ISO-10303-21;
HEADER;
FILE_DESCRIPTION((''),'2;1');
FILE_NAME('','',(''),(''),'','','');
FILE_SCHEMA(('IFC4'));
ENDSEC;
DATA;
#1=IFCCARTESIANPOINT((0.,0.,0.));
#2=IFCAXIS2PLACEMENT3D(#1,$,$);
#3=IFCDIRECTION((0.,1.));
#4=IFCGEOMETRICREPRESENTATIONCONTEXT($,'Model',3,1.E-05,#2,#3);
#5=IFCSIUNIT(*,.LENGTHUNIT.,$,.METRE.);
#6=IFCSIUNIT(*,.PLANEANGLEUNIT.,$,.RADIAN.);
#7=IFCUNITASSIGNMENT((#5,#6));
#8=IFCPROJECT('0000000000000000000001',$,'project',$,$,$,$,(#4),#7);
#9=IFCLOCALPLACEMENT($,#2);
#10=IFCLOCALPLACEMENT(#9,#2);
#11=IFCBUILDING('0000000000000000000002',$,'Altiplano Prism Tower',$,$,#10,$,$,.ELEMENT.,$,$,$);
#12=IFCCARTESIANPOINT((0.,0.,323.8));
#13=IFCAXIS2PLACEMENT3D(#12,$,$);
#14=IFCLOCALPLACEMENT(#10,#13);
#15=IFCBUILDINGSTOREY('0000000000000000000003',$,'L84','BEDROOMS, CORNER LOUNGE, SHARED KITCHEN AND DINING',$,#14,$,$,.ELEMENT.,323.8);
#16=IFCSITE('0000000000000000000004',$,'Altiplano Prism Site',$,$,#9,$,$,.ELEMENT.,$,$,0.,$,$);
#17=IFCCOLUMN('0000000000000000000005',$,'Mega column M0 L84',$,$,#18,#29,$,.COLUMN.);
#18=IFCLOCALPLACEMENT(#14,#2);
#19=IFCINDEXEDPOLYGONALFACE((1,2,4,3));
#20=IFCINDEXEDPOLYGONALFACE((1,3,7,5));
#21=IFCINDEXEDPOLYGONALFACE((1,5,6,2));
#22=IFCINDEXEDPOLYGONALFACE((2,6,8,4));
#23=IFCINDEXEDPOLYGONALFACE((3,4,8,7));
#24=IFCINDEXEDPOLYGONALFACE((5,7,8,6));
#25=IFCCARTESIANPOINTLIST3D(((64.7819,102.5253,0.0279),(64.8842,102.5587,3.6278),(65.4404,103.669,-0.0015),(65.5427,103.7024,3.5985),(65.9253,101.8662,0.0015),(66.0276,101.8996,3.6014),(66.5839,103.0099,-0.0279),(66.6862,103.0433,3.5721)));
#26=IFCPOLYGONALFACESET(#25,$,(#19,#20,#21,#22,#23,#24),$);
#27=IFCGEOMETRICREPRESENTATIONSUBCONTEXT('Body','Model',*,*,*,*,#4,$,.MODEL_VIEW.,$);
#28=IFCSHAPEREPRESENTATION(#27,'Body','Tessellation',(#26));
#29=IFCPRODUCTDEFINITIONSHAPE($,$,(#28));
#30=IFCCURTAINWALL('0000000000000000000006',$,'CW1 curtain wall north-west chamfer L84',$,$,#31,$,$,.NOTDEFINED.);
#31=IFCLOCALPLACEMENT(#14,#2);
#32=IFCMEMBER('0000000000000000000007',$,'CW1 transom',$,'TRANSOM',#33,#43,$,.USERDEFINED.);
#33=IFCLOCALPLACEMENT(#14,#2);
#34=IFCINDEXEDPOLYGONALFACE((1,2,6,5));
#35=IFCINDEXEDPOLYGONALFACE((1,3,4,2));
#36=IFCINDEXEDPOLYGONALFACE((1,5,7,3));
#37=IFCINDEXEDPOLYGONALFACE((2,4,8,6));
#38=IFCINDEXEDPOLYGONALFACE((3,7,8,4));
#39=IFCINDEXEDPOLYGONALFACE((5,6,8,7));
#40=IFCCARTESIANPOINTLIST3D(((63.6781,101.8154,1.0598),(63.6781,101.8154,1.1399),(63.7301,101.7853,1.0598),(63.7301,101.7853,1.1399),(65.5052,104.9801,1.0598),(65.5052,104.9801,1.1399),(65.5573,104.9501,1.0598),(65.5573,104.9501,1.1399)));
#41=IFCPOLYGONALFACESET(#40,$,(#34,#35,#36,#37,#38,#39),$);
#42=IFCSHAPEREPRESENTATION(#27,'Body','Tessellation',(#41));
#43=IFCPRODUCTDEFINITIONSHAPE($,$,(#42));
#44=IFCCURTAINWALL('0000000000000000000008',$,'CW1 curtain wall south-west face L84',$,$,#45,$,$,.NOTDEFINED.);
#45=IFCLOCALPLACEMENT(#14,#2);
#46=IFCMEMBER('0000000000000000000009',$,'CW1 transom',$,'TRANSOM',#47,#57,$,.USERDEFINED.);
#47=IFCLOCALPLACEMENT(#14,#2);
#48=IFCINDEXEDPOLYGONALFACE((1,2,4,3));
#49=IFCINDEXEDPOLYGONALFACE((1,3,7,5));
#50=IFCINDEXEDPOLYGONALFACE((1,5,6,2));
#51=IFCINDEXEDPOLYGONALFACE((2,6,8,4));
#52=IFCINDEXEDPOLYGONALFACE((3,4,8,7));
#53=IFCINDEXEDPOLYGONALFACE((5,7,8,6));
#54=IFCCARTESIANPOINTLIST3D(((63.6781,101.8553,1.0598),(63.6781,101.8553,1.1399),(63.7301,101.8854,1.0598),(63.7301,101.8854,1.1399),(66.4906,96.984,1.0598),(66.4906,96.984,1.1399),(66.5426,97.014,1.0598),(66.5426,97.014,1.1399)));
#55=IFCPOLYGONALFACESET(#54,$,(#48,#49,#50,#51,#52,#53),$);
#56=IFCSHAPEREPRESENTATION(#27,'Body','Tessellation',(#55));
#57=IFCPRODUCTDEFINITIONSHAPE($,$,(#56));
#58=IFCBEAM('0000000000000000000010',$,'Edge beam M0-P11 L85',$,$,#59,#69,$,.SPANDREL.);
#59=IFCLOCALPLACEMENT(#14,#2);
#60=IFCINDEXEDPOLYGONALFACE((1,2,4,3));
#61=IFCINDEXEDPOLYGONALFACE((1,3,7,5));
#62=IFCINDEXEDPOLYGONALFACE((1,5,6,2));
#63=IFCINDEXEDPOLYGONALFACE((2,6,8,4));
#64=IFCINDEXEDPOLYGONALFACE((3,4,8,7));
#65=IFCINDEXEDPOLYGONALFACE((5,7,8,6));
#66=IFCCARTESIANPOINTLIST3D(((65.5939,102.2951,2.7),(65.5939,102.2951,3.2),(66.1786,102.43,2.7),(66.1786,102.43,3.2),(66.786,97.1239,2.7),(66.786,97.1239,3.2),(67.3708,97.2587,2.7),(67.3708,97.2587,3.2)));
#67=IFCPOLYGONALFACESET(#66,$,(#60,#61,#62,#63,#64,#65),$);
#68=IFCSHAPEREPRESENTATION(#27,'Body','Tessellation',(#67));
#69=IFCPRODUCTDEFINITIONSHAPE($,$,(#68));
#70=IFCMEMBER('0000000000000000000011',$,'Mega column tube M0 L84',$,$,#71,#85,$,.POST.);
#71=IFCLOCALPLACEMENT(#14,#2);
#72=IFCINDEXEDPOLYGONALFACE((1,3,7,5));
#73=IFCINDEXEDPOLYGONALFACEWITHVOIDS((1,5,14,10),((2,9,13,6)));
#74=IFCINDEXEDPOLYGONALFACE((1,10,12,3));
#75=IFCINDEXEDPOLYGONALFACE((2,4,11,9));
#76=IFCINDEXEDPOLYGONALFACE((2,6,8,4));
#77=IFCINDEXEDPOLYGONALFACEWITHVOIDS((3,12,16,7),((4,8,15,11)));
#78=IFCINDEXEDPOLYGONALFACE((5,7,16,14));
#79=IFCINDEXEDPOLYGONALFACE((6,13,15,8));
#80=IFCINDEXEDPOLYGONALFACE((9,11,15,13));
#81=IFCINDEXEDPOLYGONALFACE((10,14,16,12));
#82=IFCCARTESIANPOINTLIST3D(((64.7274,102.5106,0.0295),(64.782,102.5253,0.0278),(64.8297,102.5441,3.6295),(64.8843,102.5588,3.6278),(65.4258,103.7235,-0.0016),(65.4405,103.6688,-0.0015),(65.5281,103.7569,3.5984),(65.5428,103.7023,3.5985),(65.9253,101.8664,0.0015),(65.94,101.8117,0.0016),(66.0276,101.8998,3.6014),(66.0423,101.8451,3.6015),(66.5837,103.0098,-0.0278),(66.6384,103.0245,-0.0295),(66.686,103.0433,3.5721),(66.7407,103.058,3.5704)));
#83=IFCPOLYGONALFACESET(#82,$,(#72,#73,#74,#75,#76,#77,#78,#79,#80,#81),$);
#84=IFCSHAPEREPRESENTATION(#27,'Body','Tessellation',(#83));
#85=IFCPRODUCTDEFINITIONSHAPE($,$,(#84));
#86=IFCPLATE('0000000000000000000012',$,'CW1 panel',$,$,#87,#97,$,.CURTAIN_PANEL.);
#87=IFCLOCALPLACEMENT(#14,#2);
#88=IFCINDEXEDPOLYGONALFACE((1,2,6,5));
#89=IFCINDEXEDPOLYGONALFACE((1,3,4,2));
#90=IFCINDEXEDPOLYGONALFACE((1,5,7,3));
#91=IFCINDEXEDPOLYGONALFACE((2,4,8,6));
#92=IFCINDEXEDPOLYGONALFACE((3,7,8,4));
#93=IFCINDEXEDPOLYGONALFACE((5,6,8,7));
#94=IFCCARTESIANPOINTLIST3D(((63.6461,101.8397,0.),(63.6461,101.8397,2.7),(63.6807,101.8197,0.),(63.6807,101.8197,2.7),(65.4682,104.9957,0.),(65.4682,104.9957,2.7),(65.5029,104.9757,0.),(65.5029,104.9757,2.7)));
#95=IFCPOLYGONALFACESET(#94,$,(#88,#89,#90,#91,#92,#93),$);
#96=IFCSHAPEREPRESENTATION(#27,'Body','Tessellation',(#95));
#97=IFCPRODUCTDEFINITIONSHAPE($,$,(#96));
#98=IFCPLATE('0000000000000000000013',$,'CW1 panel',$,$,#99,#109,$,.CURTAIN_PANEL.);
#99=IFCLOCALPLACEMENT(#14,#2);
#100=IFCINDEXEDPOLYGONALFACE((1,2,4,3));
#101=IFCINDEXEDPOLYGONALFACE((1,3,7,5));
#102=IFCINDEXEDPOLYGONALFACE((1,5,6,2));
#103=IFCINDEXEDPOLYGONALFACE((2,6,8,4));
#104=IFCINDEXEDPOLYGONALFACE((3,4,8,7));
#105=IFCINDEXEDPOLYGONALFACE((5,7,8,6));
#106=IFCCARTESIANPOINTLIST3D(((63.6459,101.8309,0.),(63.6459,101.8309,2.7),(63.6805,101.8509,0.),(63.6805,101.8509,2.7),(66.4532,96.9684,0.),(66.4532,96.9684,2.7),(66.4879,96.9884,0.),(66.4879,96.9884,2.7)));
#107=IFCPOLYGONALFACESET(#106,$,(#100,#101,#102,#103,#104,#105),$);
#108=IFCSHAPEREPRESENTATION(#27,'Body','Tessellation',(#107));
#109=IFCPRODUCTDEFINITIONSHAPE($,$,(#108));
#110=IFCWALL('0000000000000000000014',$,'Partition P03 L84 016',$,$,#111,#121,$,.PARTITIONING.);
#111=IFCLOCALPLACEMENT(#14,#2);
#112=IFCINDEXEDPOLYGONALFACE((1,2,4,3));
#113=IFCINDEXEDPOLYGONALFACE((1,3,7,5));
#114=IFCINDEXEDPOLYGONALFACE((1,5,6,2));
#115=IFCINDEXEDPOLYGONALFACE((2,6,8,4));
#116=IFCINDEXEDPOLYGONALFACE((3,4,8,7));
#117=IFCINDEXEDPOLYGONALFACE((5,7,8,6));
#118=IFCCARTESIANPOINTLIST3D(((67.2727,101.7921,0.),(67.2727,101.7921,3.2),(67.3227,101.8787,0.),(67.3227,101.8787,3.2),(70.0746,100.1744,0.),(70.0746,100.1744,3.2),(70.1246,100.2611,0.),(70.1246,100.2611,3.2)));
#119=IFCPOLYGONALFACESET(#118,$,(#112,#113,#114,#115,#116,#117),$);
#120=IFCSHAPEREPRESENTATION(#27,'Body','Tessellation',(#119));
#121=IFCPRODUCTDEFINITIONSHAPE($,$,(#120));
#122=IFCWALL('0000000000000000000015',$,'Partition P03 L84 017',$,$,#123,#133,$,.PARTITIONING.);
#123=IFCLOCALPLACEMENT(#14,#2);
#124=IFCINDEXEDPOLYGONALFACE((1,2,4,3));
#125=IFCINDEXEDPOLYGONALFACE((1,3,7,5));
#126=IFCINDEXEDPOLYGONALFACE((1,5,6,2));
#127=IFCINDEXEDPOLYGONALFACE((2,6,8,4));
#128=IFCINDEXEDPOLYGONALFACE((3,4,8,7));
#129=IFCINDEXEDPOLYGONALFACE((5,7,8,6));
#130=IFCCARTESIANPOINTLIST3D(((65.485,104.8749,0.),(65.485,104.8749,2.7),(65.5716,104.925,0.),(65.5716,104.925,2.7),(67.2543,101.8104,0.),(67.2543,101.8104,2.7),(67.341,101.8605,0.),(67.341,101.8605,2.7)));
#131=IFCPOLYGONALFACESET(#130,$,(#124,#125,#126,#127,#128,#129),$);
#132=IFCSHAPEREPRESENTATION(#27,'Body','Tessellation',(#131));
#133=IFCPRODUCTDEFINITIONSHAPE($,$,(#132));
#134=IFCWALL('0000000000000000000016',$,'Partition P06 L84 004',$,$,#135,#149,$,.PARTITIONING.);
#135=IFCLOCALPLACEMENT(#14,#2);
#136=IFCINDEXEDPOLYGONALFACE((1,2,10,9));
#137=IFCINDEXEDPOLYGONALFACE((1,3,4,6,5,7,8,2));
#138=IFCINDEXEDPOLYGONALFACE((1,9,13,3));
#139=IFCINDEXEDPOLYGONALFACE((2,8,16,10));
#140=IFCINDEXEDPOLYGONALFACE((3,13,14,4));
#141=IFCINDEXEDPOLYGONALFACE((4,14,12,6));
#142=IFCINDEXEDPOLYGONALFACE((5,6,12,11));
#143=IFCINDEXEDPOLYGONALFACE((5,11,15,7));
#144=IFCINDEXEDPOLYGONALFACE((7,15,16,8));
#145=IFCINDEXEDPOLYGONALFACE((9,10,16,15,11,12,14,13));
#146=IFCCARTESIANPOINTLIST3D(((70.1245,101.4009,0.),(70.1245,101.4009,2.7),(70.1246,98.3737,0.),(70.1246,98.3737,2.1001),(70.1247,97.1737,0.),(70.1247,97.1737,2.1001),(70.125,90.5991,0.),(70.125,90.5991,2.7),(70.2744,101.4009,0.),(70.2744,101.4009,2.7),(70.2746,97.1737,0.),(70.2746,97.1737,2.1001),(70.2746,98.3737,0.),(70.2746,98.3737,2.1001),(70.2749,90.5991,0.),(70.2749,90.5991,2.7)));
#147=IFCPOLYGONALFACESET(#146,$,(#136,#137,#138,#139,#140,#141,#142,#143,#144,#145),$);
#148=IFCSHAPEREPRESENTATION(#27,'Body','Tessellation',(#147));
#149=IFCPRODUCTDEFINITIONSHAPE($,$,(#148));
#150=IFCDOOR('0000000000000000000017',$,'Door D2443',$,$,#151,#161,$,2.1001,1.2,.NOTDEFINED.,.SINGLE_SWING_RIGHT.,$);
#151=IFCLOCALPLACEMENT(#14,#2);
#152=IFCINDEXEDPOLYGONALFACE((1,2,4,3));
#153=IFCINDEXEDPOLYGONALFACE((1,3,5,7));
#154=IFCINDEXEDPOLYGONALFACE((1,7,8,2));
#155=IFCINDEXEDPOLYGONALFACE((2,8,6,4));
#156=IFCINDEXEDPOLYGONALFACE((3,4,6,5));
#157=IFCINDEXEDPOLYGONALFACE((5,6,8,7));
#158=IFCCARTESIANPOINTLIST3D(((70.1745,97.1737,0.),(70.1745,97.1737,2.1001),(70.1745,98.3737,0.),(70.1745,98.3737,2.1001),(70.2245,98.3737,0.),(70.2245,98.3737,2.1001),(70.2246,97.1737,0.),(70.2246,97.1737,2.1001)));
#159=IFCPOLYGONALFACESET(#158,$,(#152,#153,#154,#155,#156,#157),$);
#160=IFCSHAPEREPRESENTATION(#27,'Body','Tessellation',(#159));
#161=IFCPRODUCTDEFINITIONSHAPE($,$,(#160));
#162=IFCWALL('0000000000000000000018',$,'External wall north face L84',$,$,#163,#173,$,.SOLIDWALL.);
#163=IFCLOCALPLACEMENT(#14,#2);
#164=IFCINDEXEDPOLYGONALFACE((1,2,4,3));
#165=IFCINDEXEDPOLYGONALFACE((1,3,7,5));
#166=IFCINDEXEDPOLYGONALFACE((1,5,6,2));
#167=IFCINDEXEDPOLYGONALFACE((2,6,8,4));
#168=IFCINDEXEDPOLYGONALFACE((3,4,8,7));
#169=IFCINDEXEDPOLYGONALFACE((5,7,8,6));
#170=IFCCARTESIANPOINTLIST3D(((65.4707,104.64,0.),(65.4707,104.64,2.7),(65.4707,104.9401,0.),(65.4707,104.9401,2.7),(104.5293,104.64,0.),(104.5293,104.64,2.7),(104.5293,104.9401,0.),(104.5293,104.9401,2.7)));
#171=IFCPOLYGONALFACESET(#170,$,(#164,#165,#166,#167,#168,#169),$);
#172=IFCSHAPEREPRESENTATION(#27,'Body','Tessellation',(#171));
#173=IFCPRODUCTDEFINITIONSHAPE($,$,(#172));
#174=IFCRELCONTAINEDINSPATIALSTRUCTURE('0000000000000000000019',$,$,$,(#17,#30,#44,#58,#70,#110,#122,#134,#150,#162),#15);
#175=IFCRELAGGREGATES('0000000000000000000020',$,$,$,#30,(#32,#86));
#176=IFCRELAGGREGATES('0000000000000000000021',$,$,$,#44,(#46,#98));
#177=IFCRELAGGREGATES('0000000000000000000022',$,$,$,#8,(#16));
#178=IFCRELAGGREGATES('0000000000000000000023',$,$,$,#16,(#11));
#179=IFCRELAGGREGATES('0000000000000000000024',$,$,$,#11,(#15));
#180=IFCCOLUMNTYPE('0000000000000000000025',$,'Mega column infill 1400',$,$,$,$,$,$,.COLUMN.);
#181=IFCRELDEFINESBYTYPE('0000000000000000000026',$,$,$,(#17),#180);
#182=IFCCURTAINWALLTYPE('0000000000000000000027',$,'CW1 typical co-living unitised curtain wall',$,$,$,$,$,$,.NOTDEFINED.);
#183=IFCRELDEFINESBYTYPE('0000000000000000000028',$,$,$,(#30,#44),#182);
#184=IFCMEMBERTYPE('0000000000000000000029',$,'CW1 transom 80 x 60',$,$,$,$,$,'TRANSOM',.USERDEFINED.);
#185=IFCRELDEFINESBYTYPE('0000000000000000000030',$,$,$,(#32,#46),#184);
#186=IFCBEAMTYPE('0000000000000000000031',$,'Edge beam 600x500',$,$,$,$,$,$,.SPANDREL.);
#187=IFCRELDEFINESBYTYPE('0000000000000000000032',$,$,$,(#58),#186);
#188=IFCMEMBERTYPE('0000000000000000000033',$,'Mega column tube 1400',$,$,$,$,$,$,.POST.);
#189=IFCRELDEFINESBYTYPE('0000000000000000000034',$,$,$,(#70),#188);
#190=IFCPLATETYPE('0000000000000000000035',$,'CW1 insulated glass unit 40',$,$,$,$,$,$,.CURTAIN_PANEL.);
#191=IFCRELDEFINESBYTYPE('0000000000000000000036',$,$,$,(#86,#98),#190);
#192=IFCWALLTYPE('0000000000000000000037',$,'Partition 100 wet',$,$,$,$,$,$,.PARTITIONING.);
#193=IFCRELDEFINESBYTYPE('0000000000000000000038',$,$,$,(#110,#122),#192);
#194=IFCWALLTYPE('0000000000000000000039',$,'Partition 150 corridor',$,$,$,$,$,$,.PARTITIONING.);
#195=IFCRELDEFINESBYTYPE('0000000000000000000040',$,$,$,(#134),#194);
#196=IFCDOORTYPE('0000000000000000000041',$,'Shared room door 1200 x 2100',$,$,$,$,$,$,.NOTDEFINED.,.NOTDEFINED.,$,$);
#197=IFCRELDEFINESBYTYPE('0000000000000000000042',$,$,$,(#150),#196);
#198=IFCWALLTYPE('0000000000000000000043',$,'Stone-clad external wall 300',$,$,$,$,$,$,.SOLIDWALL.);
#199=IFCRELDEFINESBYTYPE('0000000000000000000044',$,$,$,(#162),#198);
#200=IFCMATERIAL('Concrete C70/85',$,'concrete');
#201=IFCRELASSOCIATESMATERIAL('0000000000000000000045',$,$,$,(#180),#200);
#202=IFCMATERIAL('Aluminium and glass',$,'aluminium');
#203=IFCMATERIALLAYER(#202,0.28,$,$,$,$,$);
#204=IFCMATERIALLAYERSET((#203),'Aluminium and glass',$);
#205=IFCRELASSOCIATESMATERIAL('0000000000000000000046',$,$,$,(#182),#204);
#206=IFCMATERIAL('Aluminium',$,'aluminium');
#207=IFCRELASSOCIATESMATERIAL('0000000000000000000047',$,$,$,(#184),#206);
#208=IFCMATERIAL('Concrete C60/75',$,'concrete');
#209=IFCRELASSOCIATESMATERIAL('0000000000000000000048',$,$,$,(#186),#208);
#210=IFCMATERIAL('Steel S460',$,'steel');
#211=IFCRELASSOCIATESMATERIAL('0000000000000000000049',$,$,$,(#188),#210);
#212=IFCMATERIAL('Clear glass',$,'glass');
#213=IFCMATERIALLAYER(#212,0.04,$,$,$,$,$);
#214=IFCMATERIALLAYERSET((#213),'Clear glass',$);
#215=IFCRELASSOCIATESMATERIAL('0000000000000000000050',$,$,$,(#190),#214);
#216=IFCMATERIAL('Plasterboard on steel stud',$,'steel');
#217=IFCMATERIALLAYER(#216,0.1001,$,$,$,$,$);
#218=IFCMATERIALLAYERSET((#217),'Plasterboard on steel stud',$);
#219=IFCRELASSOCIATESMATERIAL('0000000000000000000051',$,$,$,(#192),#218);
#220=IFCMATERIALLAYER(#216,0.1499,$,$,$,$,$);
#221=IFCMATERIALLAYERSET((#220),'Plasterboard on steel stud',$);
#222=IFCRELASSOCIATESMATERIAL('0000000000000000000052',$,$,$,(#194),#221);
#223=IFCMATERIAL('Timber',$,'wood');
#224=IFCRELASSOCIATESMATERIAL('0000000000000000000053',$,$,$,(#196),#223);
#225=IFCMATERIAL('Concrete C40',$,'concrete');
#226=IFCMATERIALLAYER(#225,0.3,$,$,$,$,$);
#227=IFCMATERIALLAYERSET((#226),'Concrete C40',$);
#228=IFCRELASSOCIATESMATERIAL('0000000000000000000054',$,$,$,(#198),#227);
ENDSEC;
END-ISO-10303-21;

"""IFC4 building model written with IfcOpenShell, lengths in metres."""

from ifc_helpers import new_model, si_unit, direction, frame, frame_2d, origin, origin_2d, place, context, subcontext, project, spatial, rectangle, hollow_rectangle, extrude, material, layer, layer_set, material_profile, profile_set, type_object, element, fill, aggregate, save


model = new_model("IFC4")

# Units and contexts
model_context = context("Model", 3, precision=1e-05, world=origin(), true_north=direction((0.0, 1.0)))
body_context = subcontext(model_context, "Body", "Model", "MODEL_VIEW")
ifc_project = project(units=[si_unit("LENGTHUNIT", "METRE"), si_unit("PLANEANGLEUNIT", "RADIAN")], contexts=[model_context])

# Site, building, storey
site_placement = place(None, origin())
site = spatial("IfcSite", under=ifc_project, at=site_placement, Name="Altiplano Prism Site", CompositionType="ELEMENT", RefElevation=0.0)
building_placement = place(site_placement, origin())
building = spatial("IfcBuilding", under=site, at=building_placement, Name="Altiplano Prism Tower", CompositionType="ELEMENT")
storey_placement = place(building_placement, frame((0.0, 0.0, 323.8)))
storey = spatial("IfcBuildingStorey", under=building, at=storey_placement, Name="L84", Description="BEDROOMS, CORNER LOUNGE, SHARED KITCHEN AND DINING", CompositionType="ELEMENT", Elevation=323.8)

# Column
ifc_material_1 = material(Name="Concrete C70/85", Category="concrete")
ifc_material_profile_1 = material_profile(ifc_material_1, rectangle(XDim=1.3201, YDim=1.3201, at=origin_2d()), Name="Mega column infill 1400")
ifc_profile_set_1 = profile_set([ifc_material_profile_1], Name="Concrete C70/85")
column_type = type_object("IfcColumnType", Name="Mega column infill 1400", PredefinedType="COLUMN", material=ifc_profile_set_1)
column_placement = place(storey_placement, frame((65.6829, 102.7676, 0.0), z_axis=(0.028404, 0.009287, 0.999553), x_axis=(-0.866203, 0.499292, 0.019975)))
element("IfcColumn", 1, at=column_placement, inside=storey, type_object=column_type, Name="Mega column M0 L84", PredefinedType="COLUMN", context=body_context, shape_type="SweptSolid", body=[
    extrude(rectangle(XDim=1.3201, YDim=1.3201, at=origin_2d()), origin(), (0.0, 0.0, 1.0), 3.6016),
])

# Curtain walls, members
ifc_material_2 = material(Name="Aluminium and glass", Category="aluminium")
ifc_layer_1 = layer(ifc_material_2, 0.28)
ifc_layer_set_1 = layer_set([ifc_layer_1], Name="Aluminium and glass")
curtain_wall_type = type_object("IfcCurtainWallType", Name="CW1 typical co-living unitised curtain wall", PredefinedType="NOTDEFINED", material=ifc_layer_set_1)
curtain_wall_1_placement = place(storey_placement, origin())
curtain_wall_1 = element("IfcCurtainWall", 2, at=curtain_wall_1_placement, inside=storey, type_object=curtain_wall_type, Name="CW1 curtain wall north-west chamfer L84", PredefinedType="NOTDEFINED")
ifc_material_3 = material(Name="Aluminium", Category="aluminium")
ifc_material_profile_2 = material_profile(ifc_material_3, rectangle(XDim=0.0601, YDim=0.0801, at=origin_2d()), Name="CW1 transom 80 x 60")
ifc_profile_set_2 = profile_set([ifc_material_profile_2], Name="Aluminium")
member_type_1 = type_object("IfcMemberType", Name="CW1 transom 80 x 60", ElementType="TRANSOM", PredefinedType="USERDEFINED", material=ifc_profile_set_2)
member_1_placement = place(storey_placement, frame((65.5312, 104.9651, 1.0999), z_axis=(-0.49999, -0.866031, 0.0), x_axis=(0.866031, -0.49999, 0.0)))
member_1 = element("IfcMember", 3, at=member_1_placement, type_object=member_type_1, Name="CW1 transom", ObjectType="TRANSOM", PredefinedType="USERDEFINED", context=body_context, shape_type="SweptSolid", body=[
    extrude(rectangle(XDim=0.0601, YDim=0.0801, at=origin_2d()), origin(), (0.0, 0.0, 1.0), 3.6543),
])
curtain_wall_2_placement = place(storey_placement, origin())
curtain_wall_2 = element("IfcCurtainWall", 4, at=curtain_wall_2_placement, inside=storey, type_object=curtain_wall_type, Name="CW1 curtain wall south-west face L84", PredefinedType="NOTDEFINED")
member_2_placement = place(storey_placement, frame((63.7041, 101.8704, 1.0999), z_axis=(0.500004, -0.866023, 0.0), x_axis=(0.866023, 0.500004, 0.0)))
member_2 = element("IfcMember", 5, at=member_2_placement, type_object=member_type_1, Name="CW1 transom", ObjectType="TRANSOM", PredefinedType="USERDEFINED", context=body_context, shape_type="SweptSolid", body=[
    extrude(rectangle(XDim=0.0601, YDim=0.0801, at=origin_2d()), origin(), (0.0, 0.0, 1.0), 5.625),
])

# Beam
ifc_material_4 = material(Name="Concrete C60/75", Category="concrete")
ifc_material_profile_3 = material_profile(ifc_material_4, rectangle(XDim=0.6001, YDim=0.5, at=origin_2d()), Name="Edge beam 600x500")
ifc_profile_set_3 = profile_set([ifc_material_profile_3], Name="Concrete C60/75")
beam_type = type_object("IfcBeamType", Name="Edge beam 600x500", PredefinedType="SPANDREL", material=ifc_profile_set_3)
beam_placement = place(storey_placement, frame((65.8862, 102.3625, 2.95), z_axis=(0.224644, -0.974441, 0.0), x_axis=(0.974441, 0.224644, 0.0)))
element("IfcBeam", 6, at=beam_placement, inside=storey, type_object=beam_type, Name="Edge beam M0-P11 L85", PredefinedType="SPANDREL", context=body_context, shape_type="SweptSolid", body=[
    extrude(rectangle(XDim=0.6001, YDim=0.5, at=origin_2d()), origin(), (0.0, 0.0, 1.0), 5.3069),
])

# Member
ifc_material_5 = material(Name="Steel S460", Category="steel")
ifc_material_profile_4 = material_profile(ifc_material_5, hollow_rectangle(XDim=1.3999, YDim=1.3999, WallThickness=0.04, at=origin_2d()), Name="Mega column tube 1400")
ifc_profile_set_4 = profile_set([ifc_material_profile_4], Name="Steel S460")
member_type_2 = type_object("IfcMemberType", Name="Mega column tube 1400", PredefinedType="POST", material=ifc_profile_set_4)
member_3_placement = place(storey_placement, frame((65.6829, 102.7676, 0.0), z_axis=(0.028404, 0.009287, 0.999553), x_axis=(-0.866203, 0.499292, 0.019975)))
element("IfcMember", 7, at=member_3_placement, inside=storey, type_object=member_type_2, Name="Mega column tube M0 L84", PredefinedType="POST", context=body_context, shape_type="SweptSolid", body=[
    extrude(hollow_rectangle(XDim=1.3999, YDim=1.3999, WallThickness=0.04, at=origin_2d()), origin(), (0.0, 0.0, 1.0), 3.6016),
])

# Plates
ifc_material_6 = material(Name="Clear glass", Category="glass")
ifc_layer_2 = layer(ifc_material_6, 0.04)
ifc_layer_set_2 = layer_set([ifc_layer_2], Name="Clear glass")
plate_type = type_object("IfcPlateType", Name="CW1 insulated glass unit 40", PredefinedType="CURTAIN_PANEL", material=ifc_layer_set_2)
plate_1_placement = place(storey_placement, frame((64.5745, 103.4077, 0.0), z_axis=(0.0, 0.0, 1.0), x_axis=(-0.5, -0.866025, 0.0)))
plate_1 = element("IfcPlate", 8, at=plate_1_placement, type_object=plate_type, Name="CW1 panel", PredefinedType="CURTAIN_PANEL", context=body_context, shape_type="SweptSolid", body=[
    extrude(rectangle(XDim=3.6443, YDim=0.04, at=origin_2d()), origin(), (0.0, 0.0, 1.0), 2.7),
])
aggregate(curtain_wall_1, [member_1, plate_1])
plate_2_placement = place(storey_placement, frame((65.0669, 99.4097, 0.0), z_axis=(0.0, 0.0, 1.0), x_axis=(0.5, -0.866025, 0.0)))
plate_2 = element("IfcPlate", 9, at=plate_2_placement, type_object=plate_type, Name="CW1 panel", PredefinedType="CURTAIN_PANEL", context=body_context, shape_type="SweptSolid", body=[
    extrude(rectangle(XDim=5.6147, YDim=0.04, at=origin_2d()), origin(), (0.0, 0.0, 1.0), 2.7),
])
aggregate(curtain_wall_2, [member_2, plate_2])

# Walls
ifc_material_7 = material(Name="Plasterboard on steel stud", Category="steel")
ifc_layer_3 = layer(ifc_material_7, 0.1001)
ifc_layer_set_3 = layer_set([ifc_layer_3], Name="Plasterboard on steel stud")
wall_type_1 = type_object("IfcWallType", Name="Partition 100 wet", PredefinedType="PARTITIONING", material=ifc_layer_set_3)
wall_1_placement = place(storey_placement, frame((70.0996, 100.2178, 0.0), z_axis=(0.0, 0.0, 1.0), x_axis=(-0.866034, 0.499986, 0.0)))
element("IfcWall", 10, at=wall_1_placement, inside=storey, type_object=wall_type_1, Name="Partition P03 L84 016", PredefinedType="PARTITIONING", context=body_context, shape_type="SweptSolid", body=[
    extrude(rectangle(XDim=3.2354, YDim=0.1001, at=frame_2d((1.6177, 0.0))), origin(), (0.0, 0.0, 1.0), 3.2),
])
wall_2_placement = place(storey_placement, frame((67.2976, 101.8354, 0.0), z_axis=(0.0, 0.0, 1.0), x_axis=(-0.500005, 0.866022, 0.0)))
element("IfcWall", 11, at=wall_2_placement, inside=storey, type_object=wall_type_1, Name="Partition P03 L84 017", PredefinedType="PARTITIONING", context=body_context, shape_type="SweptSolid", body=[
    extrude(rectangle(XDim=3.5386, YDim=0.1001, at=frame_2d((1.7693, 0.0))), origin(), (0.0, 0.0, 1.0), 2.7),
])

# Wall, opening, door
ifc_layer_4 = layer(ifc_material_7, 0.1499)
ifc_layer_set_4 = layer_set([ifc_layer_4], Name="Plasterboard on steel stud")
wall_type_2 = type_object("IfcWallType", Name="Partition 150 corridor", PredefinedType="PARTITIONING", material=ifc_layer_set_4)
wall_3_placement = place(storey_placement, frame((70.1995, 101.4009, 0.0), z_axis=(0.0, 0.0, 1.0), x_axis=(0.000045, -1.0, 0.0)))
wall_3 = element("IfcWall", 12, at=wall_3_placement, inside=storey, type_object=wall_type_2, Name="Partition P06 L84 004", PredefinedType="PARTITIONING", context=body_context, shape_type="SweptSolid", body=[
    extrude(rectangle(XDim=10.8018, YDim=0.1499, at=frame_2d((5.4009, 0.0))), origin(), (0.0, 0.0, 1.0), 2.7),
])
opening_placement = place(wall_3_placement, frame((3.0271, 0.0, 0.0)))
opening = element("IfcOpeningElement", 13, at=opening_placement, cuts=wall_3, PredefinedType="OPENING", context=body_context, shape_type="SweptSolid", body=[
    extrude(rectangle(XDim=1.2, YDim=2.1001, at=frame_2d((0.6001, 1.05))), frame((0.0, 0.0854, 0.0), z_axis=(0.0, -1.0, 0.0), x_axis=(1.0, 0.0, 0.0)), (0.0, 0.0, 1.0), 0.1709),
])
ifc_material_8 = material(Name="Timber", Category="wood")
door_type = type_object("IfcDoorType", Name="Shared room door 1200 x 2100", OperationType="NOTDEFINED", PredefinedType="NOTDEFINED", material=ifc_material_8)
door_placement = place(opening_placement, origin())
door = element("IfcDoor", 14, at=door_placement, inside=storey, type_object=door_type, Name="Door D2443", OperationType="SINGLE_SWING_RIGHT", OverallHeight=2.1001, OverallWidth=1.2, PredefinedType="NOTDEFINED", context=body_context, shape_type="SweptSolid", body=[
    extrude(rectangle(XDim=1.2, YDim=2.1001, at=frame_2d((0.6001, 1.05))), frame((0.0, 0.0249, 0.0), z_axis=(0.0, -1.0, 0.0), x_axis=(1.0, 0.0, 0.0)), (0.0, 0.0, 1.0), 0.05),
])
fill(opening, door)

# Wall
ifc_material_9 = material(Name="Concrete C40", Category="concrete")
ifc_layer_5 = layer(ifc_material_9, 0.3)
ifc_layer_set_5 = layer_set([ifc_layer_5], Name="Concrete C40")
wall_type_3 = type_object("IfcWallType", Name="Stone-clad external wall 300", PredefinedType="SOLIDWALL", material=ifc_layer_set_5)
wall_4_placement = place(storey_placement, frame((65.4707, 104.79, 0.0), z_axis=(0.0, 0.0, 1.0), x_axis=(1.0, 0.0, 0.0)))
element("IfcWall", 15, at=wall_4_placement, inside=storey, type_object=wall_type_3, Name="External wall north face L84", PredefinedType="SOLIDWALL", context=body_context, shape_type="SweptSolid", body=[
    extrude(rectangle(XDim=39.0586, YDim=0.3, at=frame_2d((19.5293, 0.0))), origin(), (0.0, 0.0, 1.0), 2.7),
])

save(model, "model.ifc")
